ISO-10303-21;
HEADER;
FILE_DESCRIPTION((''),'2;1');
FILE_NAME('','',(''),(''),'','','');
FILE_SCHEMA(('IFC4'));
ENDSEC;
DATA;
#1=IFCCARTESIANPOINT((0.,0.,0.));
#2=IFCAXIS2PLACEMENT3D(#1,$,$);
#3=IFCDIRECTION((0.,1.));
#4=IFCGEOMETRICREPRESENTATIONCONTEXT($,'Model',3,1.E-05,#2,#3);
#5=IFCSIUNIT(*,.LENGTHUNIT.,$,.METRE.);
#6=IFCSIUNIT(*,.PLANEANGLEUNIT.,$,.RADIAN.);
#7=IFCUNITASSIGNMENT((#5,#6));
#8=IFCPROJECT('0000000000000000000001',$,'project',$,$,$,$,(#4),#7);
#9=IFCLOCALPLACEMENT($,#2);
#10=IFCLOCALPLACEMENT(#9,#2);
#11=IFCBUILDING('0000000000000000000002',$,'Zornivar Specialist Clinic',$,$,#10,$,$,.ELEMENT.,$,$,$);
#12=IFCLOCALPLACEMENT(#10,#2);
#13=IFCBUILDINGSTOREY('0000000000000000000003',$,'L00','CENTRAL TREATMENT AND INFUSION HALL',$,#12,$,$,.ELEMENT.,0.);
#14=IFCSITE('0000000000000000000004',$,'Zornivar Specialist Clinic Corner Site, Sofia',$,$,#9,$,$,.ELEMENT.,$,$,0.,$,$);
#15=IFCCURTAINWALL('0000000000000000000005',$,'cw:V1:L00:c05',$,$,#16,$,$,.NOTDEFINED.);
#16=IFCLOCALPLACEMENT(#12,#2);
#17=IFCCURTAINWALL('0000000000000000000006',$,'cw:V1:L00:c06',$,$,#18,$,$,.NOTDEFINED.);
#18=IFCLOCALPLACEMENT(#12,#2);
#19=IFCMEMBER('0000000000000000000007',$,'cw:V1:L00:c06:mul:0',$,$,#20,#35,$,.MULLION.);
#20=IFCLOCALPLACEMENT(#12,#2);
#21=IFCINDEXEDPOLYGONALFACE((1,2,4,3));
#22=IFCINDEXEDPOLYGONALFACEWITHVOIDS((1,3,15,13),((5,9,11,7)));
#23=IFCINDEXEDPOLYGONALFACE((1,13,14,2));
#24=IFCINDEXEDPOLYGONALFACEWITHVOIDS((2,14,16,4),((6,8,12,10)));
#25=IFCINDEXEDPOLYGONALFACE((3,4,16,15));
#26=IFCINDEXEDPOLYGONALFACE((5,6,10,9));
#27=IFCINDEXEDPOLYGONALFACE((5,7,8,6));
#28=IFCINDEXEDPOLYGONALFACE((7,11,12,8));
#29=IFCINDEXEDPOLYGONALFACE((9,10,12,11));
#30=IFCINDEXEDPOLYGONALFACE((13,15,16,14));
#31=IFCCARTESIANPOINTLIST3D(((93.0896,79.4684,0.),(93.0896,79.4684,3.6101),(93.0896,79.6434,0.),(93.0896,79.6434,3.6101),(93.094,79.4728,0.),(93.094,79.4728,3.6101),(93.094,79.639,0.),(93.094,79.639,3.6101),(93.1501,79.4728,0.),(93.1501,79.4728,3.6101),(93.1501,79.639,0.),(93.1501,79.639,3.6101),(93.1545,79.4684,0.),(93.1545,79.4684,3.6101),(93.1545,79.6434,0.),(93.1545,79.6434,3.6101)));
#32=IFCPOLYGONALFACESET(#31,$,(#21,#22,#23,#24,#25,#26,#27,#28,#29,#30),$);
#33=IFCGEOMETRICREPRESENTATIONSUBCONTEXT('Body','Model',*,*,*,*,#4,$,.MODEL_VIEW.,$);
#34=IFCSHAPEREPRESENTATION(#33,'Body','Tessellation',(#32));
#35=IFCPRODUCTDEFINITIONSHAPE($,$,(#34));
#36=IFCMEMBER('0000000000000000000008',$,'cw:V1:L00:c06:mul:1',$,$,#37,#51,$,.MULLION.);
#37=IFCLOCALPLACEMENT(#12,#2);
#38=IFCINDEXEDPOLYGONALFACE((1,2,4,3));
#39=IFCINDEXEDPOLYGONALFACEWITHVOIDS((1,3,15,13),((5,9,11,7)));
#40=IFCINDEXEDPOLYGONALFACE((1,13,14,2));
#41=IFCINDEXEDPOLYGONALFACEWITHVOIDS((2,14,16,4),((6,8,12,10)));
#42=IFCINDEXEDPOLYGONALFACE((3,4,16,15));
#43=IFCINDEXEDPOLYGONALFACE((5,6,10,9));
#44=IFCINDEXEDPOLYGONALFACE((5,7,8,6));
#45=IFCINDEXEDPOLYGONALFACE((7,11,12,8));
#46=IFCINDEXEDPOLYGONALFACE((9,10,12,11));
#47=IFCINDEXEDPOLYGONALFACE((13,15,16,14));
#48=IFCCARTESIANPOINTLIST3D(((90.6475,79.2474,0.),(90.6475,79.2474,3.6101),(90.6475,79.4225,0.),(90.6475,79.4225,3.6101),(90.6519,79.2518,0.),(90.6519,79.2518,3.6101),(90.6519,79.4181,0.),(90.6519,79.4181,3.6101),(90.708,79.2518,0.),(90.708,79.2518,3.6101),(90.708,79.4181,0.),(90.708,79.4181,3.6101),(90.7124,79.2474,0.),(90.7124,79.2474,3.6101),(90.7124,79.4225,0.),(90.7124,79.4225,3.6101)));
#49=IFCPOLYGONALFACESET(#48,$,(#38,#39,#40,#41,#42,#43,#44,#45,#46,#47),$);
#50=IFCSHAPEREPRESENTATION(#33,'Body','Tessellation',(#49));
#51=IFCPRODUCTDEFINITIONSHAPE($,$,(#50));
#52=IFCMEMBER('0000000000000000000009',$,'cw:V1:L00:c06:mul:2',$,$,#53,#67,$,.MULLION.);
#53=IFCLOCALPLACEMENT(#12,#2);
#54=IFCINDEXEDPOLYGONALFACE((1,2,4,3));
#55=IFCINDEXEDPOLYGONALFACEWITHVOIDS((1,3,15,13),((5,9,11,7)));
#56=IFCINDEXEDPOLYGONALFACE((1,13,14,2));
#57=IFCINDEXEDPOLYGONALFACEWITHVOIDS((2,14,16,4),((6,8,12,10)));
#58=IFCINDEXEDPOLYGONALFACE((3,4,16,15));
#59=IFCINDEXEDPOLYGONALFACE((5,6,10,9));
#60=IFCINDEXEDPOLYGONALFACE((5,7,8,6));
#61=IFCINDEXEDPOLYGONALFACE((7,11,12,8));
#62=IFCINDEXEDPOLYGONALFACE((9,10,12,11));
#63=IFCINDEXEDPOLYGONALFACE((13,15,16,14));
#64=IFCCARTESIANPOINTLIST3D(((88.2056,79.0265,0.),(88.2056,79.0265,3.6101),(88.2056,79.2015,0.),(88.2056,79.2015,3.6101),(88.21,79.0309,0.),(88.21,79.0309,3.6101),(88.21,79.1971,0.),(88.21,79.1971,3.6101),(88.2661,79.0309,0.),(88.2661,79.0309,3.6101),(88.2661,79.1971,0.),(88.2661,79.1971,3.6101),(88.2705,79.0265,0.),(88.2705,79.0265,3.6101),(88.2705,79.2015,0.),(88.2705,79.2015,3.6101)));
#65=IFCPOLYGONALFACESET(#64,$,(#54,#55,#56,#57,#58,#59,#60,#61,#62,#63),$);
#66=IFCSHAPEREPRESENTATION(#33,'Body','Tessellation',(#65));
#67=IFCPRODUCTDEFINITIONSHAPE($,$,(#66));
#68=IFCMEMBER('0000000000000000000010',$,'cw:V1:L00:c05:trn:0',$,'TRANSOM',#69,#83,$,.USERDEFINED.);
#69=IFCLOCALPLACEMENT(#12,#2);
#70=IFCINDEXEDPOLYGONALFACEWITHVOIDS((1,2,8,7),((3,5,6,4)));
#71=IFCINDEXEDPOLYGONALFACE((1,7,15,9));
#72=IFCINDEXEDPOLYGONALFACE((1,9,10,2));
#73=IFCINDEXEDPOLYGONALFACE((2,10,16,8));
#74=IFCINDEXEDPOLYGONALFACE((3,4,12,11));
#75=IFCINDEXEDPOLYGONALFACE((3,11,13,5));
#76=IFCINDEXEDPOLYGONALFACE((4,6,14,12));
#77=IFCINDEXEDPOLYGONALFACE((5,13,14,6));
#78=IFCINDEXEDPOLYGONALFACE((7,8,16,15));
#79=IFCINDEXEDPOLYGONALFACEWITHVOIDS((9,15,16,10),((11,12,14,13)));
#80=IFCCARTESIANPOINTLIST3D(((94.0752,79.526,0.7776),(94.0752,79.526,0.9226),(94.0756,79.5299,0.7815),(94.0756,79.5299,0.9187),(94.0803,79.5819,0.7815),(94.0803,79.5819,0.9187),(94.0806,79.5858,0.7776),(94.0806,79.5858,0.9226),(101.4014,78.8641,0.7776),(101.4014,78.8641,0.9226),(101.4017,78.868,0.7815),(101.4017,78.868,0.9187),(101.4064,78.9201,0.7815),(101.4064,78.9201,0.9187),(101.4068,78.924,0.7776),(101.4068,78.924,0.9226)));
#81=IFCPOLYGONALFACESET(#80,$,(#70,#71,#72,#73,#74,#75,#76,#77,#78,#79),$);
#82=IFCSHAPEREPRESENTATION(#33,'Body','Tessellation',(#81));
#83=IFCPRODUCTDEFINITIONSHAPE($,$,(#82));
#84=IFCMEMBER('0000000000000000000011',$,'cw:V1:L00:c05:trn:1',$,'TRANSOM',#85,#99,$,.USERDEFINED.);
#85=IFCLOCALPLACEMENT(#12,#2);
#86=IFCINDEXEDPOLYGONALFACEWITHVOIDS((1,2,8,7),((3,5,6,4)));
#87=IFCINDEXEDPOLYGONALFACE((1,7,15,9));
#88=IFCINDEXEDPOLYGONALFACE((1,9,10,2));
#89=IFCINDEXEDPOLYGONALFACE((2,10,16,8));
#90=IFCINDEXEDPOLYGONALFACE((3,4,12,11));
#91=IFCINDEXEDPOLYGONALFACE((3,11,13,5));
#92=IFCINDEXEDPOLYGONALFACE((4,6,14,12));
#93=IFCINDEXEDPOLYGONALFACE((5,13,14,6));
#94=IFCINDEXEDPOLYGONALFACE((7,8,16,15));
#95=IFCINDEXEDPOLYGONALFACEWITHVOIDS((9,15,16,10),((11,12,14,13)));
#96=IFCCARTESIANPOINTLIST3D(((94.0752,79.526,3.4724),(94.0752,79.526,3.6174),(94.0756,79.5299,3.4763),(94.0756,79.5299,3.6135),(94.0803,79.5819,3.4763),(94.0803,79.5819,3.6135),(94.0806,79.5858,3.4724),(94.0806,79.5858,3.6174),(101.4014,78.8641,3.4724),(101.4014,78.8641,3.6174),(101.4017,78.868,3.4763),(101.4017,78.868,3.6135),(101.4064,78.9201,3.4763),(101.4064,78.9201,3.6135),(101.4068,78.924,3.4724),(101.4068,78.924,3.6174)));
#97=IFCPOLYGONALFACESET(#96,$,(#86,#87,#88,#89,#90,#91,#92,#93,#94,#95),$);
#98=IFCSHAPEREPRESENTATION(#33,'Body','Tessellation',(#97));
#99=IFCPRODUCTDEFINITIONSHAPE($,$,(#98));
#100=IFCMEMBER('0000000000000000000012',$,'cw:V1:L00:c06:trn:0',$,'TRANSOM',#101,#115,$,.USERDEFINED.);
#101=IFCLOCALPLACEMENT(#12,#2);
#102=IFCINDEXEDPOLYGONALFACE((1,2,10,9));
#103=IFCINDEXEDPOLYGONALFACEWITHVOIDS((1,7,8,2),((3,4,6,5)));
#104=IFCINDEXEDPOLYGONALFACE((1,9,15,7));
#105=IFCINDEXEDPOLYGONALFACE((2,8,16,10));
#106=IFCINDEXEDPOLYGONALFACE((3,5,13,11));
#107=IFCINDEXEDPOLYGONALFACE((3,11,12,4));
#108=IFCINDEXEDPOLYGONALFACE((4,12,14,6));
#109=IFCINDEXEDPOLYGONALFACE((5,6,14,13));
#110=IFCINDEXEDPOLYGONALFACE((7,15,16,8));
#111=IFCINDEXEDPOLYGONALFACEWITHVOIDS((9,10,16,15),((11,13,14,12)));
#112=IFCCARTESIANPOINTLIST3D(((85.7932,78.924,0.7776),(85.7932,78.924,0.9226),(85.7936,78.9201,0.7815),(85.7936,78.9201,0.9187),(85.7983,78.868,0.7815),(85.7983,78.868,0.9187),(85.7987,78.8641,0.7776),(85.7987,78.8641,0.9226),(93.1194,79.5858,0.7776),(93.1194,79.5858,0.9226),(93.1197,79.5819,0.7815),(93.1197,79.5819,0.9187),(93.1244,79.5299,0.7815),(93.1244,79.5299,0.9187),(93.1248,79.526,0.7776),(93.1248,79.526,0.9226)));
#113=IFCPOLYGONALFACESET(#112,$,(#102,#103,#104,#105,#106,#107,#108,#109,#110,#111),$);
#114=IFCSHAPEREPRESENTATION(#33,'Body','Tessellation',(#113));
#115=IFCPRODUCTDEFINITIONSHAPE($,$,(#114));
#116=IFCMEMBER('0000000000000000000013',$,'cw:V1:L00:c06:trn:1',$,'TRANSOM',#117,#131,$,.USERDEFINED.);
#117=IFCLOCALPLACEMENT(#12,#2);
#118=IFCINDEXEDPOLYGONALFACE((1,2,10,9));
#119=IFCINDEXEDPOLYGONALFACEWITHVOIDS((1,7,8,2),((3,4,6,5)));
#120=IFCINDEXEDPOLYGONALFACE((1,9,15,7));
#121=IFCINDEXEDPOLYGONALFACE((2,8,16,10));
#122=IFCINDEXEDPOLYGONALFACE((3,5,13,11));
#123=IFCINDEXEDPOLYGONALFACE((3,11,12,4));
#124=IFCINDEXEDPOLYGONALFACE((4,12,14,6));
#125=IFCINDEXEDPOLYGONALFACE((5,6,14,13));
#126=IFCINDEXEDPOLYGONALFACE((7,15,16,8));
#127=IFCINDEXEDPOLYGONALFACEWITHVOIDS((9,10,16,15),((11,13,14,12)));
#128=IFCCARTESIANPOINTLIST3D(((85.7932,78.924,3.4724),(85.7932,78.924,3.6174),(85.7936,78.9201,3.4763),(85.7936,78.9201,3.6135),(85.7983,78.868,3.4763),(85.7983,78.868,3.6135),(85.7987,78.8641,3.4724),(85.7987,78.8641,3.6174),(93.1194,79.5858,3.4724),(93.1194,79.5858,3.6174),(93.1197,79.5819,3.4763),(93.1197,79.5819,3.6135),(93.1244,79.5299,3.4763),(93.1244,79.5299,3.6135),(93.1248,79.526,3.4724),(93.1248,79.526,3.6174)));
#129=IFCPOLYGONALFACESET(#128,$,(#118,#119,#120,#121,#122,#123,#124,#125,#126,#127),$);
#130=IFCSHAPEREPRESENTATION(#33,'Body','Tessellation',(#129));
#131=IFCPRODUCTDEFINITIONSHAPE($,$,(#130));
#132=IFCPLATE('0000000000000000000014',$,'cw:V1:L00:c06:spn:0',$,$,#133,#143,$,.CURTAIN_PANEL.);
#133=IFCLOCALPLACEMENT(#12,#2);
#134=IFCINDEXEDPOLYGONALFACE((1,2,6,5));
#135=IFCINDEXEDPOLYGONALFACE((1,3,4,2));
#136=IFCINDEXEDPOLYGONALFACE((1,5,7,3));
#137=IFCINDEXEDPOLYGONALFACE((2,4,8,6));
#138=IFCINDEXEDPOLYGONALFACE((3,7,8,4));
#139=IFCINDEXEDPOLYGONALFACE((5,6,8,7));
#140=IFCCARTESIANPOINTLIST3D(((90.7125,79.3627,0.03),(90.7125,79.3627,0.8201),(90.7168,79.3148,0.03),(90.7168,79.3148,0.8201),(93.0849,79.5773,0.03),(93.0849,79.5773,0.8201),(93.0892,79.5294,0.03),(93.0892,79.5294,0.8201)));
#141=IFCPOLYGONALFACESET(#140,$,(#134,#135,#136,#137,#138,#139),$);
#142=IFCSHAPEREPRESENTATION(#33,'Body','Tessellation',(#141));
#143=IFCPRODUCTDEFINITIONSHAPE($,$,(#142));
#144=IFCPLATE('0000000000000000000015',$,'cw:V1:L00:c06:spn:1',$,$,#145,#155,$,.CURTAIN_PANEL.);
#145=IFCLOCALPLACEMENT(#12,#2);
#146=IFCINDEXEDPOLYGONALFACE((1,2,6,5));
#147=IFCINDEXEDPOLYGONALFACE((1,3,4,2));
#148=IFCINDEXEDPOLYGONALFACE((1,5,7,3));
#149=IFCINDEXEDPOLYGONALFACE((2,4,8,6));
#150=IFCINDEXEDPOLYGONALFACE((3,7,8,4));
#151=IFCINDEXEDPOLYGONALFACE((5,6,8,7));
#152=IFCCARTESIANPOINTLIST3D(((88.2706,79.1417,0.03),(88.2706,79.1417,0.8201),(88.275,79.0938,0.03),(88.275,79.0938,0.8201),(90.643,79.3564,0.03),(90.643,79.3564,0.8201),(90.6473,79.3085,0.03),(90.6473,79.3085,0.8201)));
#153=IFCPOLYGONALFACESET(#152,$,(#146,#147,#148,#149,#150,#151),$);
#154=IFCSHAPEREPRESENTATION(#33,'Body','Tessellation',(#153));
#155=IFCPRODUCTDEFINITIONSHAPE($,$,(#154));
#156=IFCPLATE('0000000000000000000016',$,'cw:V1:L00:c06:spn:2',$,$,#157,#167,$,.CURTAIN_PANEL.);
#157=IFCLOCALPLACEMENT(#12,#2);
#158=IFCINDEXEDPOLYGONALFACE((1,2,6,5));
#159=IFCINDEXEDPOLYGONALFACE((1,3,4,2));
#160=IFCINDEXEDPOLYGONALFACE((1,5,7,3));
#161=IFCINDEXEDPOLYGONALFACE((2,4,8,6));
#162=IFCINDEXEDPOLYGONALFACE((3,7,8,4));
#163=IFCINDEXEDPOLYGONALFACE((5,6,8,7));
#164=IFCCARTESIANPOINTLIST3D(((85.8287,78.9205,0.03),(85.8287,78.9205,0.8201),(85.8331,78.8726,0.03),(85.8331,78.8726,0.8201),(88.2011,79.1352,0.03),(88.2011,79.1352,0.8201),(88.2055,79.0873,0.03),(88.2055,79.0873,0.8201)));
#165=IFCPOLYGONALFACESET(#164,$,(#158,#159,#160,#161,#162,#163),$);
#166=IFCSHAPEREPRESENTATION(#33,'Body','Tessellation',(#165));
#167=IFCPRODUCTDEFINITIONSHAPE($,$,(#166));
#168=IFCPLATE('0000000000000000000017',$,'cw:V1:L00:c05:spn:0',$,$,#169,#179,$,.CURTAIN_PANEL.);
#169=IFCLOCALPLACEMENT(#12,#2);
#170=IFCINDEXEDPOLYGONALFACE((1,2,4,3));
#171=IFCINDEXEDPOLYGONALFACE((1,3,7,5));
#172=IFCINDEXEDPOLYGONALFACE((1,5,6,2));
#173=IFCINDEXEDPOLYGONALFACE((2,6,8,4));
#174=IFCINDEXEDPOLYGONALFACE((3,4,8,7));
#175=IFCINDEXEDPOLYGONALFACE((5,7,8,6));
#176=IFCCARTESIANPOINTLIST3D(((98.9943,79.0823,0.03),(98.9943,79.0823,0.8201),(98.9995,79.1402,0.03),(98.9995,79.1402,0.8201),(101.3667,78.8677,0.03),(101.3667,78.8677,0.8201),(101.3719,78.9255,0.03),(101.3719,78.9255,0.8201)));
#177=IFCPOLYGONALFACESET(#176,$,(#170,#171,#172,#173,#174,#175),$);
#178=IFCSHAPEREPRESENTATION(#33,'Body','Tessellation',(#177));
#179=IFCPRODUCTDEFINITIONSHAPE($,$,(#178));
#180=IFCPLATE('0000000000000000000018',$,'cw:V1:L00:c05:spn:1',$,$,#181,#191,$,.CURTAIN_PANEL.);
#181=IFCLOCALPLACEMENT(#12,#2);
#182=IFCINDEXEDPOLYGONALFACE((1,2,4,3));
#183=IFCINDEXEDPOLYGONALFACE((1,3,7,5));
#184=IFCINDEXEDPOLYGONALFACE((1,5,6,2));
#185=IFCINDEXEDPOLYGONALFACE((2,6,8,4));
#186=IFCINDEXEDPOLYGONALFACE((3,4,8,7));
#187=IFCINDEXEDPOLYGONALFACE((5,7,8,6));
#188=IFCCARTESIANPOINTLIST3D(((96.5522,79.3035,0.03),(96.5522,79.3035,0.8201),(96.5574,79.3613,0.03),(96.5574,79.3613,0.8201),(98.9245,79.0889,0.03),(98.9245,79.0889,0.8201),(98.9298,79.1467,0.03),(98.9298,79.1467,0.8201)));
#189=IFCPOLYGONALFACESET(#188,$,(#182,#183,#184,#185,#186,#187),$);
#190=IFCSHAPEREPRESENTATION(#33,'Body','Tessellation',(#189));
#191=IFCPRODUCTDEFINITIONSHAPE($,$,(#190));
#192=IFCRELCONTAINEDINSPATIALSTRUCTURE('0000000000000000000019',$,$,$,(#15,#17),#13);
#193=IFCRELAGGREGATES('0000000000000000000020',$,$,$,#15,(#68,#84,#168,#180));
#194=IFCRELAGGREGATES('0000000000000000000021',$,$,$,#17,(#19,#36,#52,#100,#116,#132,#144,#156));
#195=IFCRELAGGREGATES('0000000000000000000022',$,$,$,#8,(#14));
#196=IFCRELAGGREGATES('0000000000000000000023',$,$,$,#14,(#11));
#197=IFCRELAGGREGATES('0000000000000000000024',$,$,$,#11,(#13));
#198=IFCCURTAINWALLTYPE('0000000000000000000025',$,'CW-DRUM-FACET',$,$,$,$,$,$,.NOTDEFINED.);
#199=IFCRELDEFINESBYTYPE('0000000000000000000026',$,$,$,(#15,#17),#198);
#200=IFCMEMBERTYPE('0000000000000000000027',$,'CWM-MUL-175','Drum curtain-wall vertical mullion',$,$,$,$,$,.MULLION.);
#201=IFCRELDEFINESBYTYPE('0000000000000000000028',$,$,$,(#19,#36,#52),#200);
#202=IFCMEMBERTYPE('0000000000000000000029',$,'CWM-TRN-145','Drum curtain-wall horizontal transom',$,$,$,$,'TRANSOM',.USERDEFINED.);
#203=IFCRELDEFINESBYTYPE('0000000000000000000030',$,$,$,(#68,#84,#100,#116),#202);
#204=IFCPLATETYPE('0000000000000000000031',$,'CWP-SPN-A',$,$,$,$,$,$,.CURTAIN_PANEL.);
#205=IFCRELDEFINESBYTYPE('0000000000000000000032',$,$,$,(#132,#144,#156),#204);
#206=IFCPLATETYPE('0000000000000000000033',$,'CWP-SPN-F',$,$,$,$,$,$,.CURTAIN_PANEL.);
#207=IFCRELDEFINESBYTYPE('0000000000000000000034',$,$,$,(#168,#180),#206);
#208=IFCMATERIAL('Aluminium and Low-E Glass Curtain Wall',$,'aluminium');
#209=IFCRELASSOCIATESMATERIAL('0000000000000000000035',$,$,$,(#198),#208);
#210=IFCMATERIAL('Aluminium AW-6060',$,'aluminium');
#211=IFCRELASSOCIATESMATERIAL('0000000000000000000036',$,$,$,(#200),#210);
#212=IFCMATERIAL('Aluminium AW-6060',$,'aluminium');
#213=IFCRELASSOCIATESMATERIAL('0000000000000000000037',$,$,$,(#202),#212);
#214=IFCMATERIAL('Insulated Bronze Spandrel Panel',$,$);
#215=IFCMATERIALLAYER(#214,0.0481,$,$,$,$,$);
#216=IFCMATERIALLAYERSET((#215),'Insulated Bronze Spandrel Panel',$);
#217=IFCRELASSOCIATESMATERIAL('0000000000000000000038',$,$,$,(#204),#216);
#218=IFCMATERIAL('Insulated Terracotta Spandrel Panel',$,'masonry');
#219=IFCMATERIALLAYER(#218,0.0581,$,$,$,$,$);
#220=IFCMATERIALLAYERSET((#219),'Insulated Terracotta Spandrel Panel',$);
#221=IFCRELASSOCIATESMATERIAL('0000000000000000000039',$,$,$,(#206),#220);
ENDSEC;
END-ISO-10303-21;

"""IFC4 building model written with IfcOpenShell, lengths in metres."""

from ifc_helpers import new_model, si_unit, direction, frame, origin, origin_2d, place, context, subcontext, project, spatial, rectangle, hollow_rectangle, extrude, material, layer, layer_set, material_profile, profile_set, type_object, element, aggregate, save


model = new_model("IFC4")

# Units and contexts
model_context = context("Model", 3, precision=1e-05, world=origin(), true_north=direction((0.0, 1.0)))
body_context = subcontext(model_context, "Body", "Model", "MODEL_VIEW")
ifc_project = project(units=[si_unit("LENGTHUNIT", "METRE"), si_unit("PLANEANGLEUNIT", "RADIAN")], contexts=[model_context])

# Site, building, storey
site_placement = place(None, origin())
site = spatial("IfcSite", under=ifc_project, at=site_placement, Name="Zornivar Specialist Clinic Corner Site, Sofia", CompositionType="ELEMENT", RefElevation=0.0)
building_placement = place(site_placement, origin())
building = spatial("IfcBuilding", under=site, at=building_placement, Name="Zornivar Specialist Clinic", CompositionType="ELEMENT")
storey_placement = place(building_placement, origin())
storey = spatial("IfcBuildingStorey", under=building, at=storey_placement, Name="L00", Description="CENTRAL TREATMENT AND INFUSION HALL", CompositionType="ELEMENT", Elevation=0.0)

# Curtain walls, members
ifc_material_1 = material(Name="Aluminium and Low-E Glass Curtain Wall", Category="aluminium")
curtain_wall_type = type_object("IfcCurtainWallType", Name="CW-DRUM-FACET", PredefinedType="NOTDEFINED", material=ifc_material_1)
curtain_wall_1_placement = place(storey_placement, origin())
curtain_wall_1 = element("IfcCurtainWall", 1, at=curtain_wall_1_placement, inside=storey, type_object=curtain_wall_type, Name="cw:V1:L00:c05", PredefinedType="NOTDEFINED")
ifc_material_2 = material(Name="Aluminium AW-6060", Category="aluminium")
ifc_material_profile_1 = material_profile(ifc_material_2, hollow_rectangle(XDim=0.0649, YDim=0.175, WallThickness=0.0044, at=origin_2d()), Name="ALU 65x175x4.5")
ifc_profile_set_1 = profile_set([ifc_material_profile_1], Name="Aluminium AW-6060")
member_type_1 = type_object("IfcMemberType", Name="CWM-MUL-175", Description="Drum curtain-wall vertical mullion", PredefinedType="MULLION", material=ifc_profile_set_1)
curtain_wall_2_placement = place(storey_placement, origin())
curtain_wall_2 = element("IfcCurtainWall", 2, at=curtain_wall_2_placement, inside=storey, type_object=curtain_wall_type, Name="cw:V1:L00:c06", PredefinedType="NOTDEFINED")
member_1_placement = place(storey_placement, frame((93.1221, 79.5559, 0.0), z_axis=(0.0, 0.0, 1.0), x_axis=(1.0, 0.0, 0.0)))
member_1 = element("IfcMember", 3, at=member_1_placement, type_object=member_type_1, Name="cw:V1:L00:c06:mul:0", PredefinedType="MULLION", context=body_context, shape_type="SweptSolid", body=[
    extrude(hollow_rectangle(XDim=0.0649, YDim=0.175, WallThickness=0.0044, at=origin_2d()), origin(), (0.0, 0.0, 1.0), 3.6101),
])
member_2_placement = place(storey_placement, frame((90.6799, 79.335, 0.0), z_axis=(0.0, 0.0, 1.0), x_axis=(1.0, 0.0, 0.0)))
member_2 = element("IfcMember", 4, at=member_2_placement, type_object=member_type_1, Name="cw:V1:L00:c06:mul:1", PredefinedType="MULLION", context=body_context, shape_type="SweptSolid", body=[
    extrude(hollow_rectangle(XDim=0.0649, YDim=0.175, WallThickness=0.0044, at=origin_2d()), origin(), (0.0, 0.0, 1.0), 3.6101),
])
member_3_placement = place(storey_placement, frame((88.238, 79.114, 0.0), z_axis=(0.0, 0.0, 1.0), x_axis=(1.0, 0.0, 0.0)))
member_3 = element("IfcMember", 5, at=member_3_placement, type_object=member_type_1, Name="cw:V1:L00:c06:mul:2", PredefinedType="MULLION", context=body_context, shape_type="SweptSolid", body=[
    extrude(hollow_rectangle(XDim=0.0649, YDim=0.175, WallThickness=0.0044, at=origin_2d()), origin(), (0.0, 0.0, 1.0), 3.6101),
])

# Members
ifc_material_3 = material(Name="Aluminium AW-6060", Category="aluminium")
ifc_material_profile_2 = material_profile(ifc_material_3, hollow_rectangle(XDim=0.0601, YDim=0.145, WallThickness=0.0039, at=origin_2d()), Name="ALU 60x145x4")
ifc_profile_set_2 = profile_set([ifc_material_profile_2], Name="Aluminium AW-6060")
member_type_2 = type_object("IfcMemberType", Name="CWM-TRN-145", Description="Drum curtain-wall horizontal transom", ElementType="TRANSOM", PredefinedType="USERDEFINED", material=ifc_profile_set_2)
member_4_placement = place(storey_placement, frame((101.4041, 78.894, 0.8501), z_axis=(-0.995944, 0.089976, 0.0), x_axis=(-0.089976, -0.995944, 0.0)))
member_4 = element("IfcMember", 6, at=member_4_placement, type_object=member_type_2, Name="cw:V1:L00:c05:trn:0", ObjectType="TRANSOM", PredefinedType="USERDEFINED", context=body_context, shape_type="SweptSolid", body=[
    extrude(hollow_rectangle(XDim=0.0601, YDim=0.145, WallThickness=0.0039, at=origin_2d()), origin(), (0.0, 0.0, 1.0), 7.356),
])
member_5_placement = place(storey_placement, frame((101.4041, 78.894, 3.5449), z_axis=(-0.995944, 0.089976, 0.0), x_axis=(-0.089976, -0.995944, 0.0)))
member_5 = element("IfcMember", 7, at=member_5_placement, type_object=member_type_2, Name="cw:V1:L00:c05:trn:1", ObjectType="TRANSOM", PredefinedType="USERDEFINED", context=body_context, shape_type="SweptSolid", body=[
    extrude(hollow_rectangle(XDim=0.0601, YDim=0.145, WallThickness=0.0039, at=origin_2d()), origin(), (0.0, 0.0, 1.0), 7.356),
])
member_6_placement = place(storey_placement, frame((93.1221, 79.5559, 0.8501), z_axis=(-0.995944, -0.089976, 0.0), x_axis=(0.089976, -0.995944, 0.0)))
member_6 = element("IfcMember", 8, at=member_6_placement, type_object=member_type_2, Name="cw:V1:L00:c06:trn:0", ObjectType="TRANSOM", PredefinedType="USERDEFINED", context=body_context, shape_type="SweptSolid", body=[
    extrude(hollow_rectangle(XDim=0.0601, YDim=0.145, WallThickness=0.0039, at=origin_2d()), origin(), (0.0, 0.0, 1.0), 7.356),
])
member_7_placement = place(storey_placement, frame((93.1221, 79.5559, 3.5449), z_axis=(-0.995944, -0.089976, 0.0), x_axis=(0.089976, -0.995944, 0.0)))
member_7 = element("IfcMember", 9, at=member_7_placement, type_object=member_type_2, Name="cw:V1:L00:c06:trn:1", ObjectType="TRANSOM", PredefinedType="USERDEFINED", context=body_context, shape_type="SweptSolid", body=[
    extrude(hollow_rectangle(XDim=0.0601, YDim=0.145, WallThickness=0.0039, at=origin_2d()), origin(), (0.0, 0.0, 1.0), 7.356),
])

# Plates
ifc_material_4 = material(Name="Insulated Bronze Spandrel Panel")
ifc_layer_1 = layer(ifc_material_4, 0.0481)
ifc_layer_set_1 = layer_set([ifc_layer_1], Name="Insulated Bronze Spandrel Panel")
plate_type_1 = type_object("IfcPlateType", Name="CWP-SPN-A", PredefinedType="CURTAIN_PANEL", material=ifc_layer_set_1)
plate_1_placement = place(storey_placement, frame((91.9009, 79.446, 0.03), z_axis=(0.0, 0.0, 1.0), x_axis=(-0.995933, -0.090099, 0.0)))
plate_1 = element("IfcPlate", 10, at=plate_1_placement, type_object=plate_type_1, Name="cw:V1:L00:c06:spn:0", PredefinedType="CURTAIN_PANEL", context=body_context, shape_type="SweptSolid", body=[
    extrude(rectangle(XDim=2.3821, YDim=0.0481, at=origin_2d()), origin(), (0.0, 0.0, 1.0), 0.79),
])
plate_2_placement = place(storey_placement, frame((89.459, 79.2251, 0.03), z_axis=(0.0, 0.0, 1.0), x_axis=(-0.995933, -0.090099, 0.0)))
plate_2 = element("IfcPlate", 11, at=plate_2_placement, type_object=plate_type_1, Name="cw:V1:L00:c06:spn:1", PredefinedType="CURTAIN_PANEL", context=body_context, shape_type="SweptSolid", body=[
    extrude(rectangle(XDim=2.3821, YDim=0.0481, at=origin_2d()), origin(), (0.0, 0.0, 1.0), 0.79),
])
plate_3_placement = place(storey_placement, frame((87.0171, 79.0039, 0.03), z_axis=(0.0, 0.0, 1.0), x_axis=(-0.995933, -0.090099, 0.0)))
plate_3 = element("IfcPlate", 12, at=plate_3_placement, type_object=plate_type_1, Name="cw:V1:L00:c06:spn:2", PredefinedType="CURTAIN_PANEL", context=body_context, shape_type="SweptSolid", body=[
    extrude(rectangle(XDim=2.3821, YDim=0.0481, at=origin_2d()), origin(), (0.0, 0.0, 1.0), 0.79),
])
ifc_material_5 = material(Name="Insulated Terracotta Spandrel Panel", Category="masonry")
ifc_layer_2 = layer(ifc_material_5, 0.0581)
ifc_layer_set_2 = layer_set([ifc_layer_2], Name="Insulated Terracotta Spandrel Panel")
plate_type_2 = type_object("IfcPlateType", Name="CWP-SPN-F", PredefinedType="CURTAIN_PANEL", material=ifc_layer_set_2)
plate_4_placement = place(storey_placement, frame((100.1831, 79.0039, 0.03), z_axis=(0.0, 0.0, 1.0), x_axis=(-0.995933, 0.090099, 0.0)))
plate_4 = element("IfcPlate", 13, at=plate_4_placement, type_object=plate_type_2, Name="cw:V1:L00:c05:spn:0", PredefinedType="CURTAIN_PANEL", context=body_context, shape_type="SweptSolid", body=[
    extrude(rectangle(XDim=2.3821, YDim=0.0581, at=origin_2d()), origin(), (0.0, 0.0, 1.0), 0.79),
])
plate_5_placement = place(storey_placement, frame((97.741, 79.2251, 0.03), z_axis=(0.0, 0.0, 1.0), x_axis=(-0.995933, 0.090099, 0.0)))
plate_5 = element("IfcPlate", 14, at=plate_5_placement, type_object=plate_type_2, Name="cw:V1:L00:c05:spn:1", PredefinedType="CURTAIN_PANEL", context=body_context, shape_type="SweptSolid", body=[
    extrude(rectangle(XDim=2.3821, YDim=0.0581, at=origin_2d()), origin(), (0.0, 0.0, 1.0), 0.79),
])
aggregate(curtain_wall_1, [member_4, member_5, plate_4, plate_5])
aggregate(curtain_wall_2, [member_1, member_2, member_3, member_6, member_7, plate_1, plate_2, plate_3])

save(model, "model.ifc")
